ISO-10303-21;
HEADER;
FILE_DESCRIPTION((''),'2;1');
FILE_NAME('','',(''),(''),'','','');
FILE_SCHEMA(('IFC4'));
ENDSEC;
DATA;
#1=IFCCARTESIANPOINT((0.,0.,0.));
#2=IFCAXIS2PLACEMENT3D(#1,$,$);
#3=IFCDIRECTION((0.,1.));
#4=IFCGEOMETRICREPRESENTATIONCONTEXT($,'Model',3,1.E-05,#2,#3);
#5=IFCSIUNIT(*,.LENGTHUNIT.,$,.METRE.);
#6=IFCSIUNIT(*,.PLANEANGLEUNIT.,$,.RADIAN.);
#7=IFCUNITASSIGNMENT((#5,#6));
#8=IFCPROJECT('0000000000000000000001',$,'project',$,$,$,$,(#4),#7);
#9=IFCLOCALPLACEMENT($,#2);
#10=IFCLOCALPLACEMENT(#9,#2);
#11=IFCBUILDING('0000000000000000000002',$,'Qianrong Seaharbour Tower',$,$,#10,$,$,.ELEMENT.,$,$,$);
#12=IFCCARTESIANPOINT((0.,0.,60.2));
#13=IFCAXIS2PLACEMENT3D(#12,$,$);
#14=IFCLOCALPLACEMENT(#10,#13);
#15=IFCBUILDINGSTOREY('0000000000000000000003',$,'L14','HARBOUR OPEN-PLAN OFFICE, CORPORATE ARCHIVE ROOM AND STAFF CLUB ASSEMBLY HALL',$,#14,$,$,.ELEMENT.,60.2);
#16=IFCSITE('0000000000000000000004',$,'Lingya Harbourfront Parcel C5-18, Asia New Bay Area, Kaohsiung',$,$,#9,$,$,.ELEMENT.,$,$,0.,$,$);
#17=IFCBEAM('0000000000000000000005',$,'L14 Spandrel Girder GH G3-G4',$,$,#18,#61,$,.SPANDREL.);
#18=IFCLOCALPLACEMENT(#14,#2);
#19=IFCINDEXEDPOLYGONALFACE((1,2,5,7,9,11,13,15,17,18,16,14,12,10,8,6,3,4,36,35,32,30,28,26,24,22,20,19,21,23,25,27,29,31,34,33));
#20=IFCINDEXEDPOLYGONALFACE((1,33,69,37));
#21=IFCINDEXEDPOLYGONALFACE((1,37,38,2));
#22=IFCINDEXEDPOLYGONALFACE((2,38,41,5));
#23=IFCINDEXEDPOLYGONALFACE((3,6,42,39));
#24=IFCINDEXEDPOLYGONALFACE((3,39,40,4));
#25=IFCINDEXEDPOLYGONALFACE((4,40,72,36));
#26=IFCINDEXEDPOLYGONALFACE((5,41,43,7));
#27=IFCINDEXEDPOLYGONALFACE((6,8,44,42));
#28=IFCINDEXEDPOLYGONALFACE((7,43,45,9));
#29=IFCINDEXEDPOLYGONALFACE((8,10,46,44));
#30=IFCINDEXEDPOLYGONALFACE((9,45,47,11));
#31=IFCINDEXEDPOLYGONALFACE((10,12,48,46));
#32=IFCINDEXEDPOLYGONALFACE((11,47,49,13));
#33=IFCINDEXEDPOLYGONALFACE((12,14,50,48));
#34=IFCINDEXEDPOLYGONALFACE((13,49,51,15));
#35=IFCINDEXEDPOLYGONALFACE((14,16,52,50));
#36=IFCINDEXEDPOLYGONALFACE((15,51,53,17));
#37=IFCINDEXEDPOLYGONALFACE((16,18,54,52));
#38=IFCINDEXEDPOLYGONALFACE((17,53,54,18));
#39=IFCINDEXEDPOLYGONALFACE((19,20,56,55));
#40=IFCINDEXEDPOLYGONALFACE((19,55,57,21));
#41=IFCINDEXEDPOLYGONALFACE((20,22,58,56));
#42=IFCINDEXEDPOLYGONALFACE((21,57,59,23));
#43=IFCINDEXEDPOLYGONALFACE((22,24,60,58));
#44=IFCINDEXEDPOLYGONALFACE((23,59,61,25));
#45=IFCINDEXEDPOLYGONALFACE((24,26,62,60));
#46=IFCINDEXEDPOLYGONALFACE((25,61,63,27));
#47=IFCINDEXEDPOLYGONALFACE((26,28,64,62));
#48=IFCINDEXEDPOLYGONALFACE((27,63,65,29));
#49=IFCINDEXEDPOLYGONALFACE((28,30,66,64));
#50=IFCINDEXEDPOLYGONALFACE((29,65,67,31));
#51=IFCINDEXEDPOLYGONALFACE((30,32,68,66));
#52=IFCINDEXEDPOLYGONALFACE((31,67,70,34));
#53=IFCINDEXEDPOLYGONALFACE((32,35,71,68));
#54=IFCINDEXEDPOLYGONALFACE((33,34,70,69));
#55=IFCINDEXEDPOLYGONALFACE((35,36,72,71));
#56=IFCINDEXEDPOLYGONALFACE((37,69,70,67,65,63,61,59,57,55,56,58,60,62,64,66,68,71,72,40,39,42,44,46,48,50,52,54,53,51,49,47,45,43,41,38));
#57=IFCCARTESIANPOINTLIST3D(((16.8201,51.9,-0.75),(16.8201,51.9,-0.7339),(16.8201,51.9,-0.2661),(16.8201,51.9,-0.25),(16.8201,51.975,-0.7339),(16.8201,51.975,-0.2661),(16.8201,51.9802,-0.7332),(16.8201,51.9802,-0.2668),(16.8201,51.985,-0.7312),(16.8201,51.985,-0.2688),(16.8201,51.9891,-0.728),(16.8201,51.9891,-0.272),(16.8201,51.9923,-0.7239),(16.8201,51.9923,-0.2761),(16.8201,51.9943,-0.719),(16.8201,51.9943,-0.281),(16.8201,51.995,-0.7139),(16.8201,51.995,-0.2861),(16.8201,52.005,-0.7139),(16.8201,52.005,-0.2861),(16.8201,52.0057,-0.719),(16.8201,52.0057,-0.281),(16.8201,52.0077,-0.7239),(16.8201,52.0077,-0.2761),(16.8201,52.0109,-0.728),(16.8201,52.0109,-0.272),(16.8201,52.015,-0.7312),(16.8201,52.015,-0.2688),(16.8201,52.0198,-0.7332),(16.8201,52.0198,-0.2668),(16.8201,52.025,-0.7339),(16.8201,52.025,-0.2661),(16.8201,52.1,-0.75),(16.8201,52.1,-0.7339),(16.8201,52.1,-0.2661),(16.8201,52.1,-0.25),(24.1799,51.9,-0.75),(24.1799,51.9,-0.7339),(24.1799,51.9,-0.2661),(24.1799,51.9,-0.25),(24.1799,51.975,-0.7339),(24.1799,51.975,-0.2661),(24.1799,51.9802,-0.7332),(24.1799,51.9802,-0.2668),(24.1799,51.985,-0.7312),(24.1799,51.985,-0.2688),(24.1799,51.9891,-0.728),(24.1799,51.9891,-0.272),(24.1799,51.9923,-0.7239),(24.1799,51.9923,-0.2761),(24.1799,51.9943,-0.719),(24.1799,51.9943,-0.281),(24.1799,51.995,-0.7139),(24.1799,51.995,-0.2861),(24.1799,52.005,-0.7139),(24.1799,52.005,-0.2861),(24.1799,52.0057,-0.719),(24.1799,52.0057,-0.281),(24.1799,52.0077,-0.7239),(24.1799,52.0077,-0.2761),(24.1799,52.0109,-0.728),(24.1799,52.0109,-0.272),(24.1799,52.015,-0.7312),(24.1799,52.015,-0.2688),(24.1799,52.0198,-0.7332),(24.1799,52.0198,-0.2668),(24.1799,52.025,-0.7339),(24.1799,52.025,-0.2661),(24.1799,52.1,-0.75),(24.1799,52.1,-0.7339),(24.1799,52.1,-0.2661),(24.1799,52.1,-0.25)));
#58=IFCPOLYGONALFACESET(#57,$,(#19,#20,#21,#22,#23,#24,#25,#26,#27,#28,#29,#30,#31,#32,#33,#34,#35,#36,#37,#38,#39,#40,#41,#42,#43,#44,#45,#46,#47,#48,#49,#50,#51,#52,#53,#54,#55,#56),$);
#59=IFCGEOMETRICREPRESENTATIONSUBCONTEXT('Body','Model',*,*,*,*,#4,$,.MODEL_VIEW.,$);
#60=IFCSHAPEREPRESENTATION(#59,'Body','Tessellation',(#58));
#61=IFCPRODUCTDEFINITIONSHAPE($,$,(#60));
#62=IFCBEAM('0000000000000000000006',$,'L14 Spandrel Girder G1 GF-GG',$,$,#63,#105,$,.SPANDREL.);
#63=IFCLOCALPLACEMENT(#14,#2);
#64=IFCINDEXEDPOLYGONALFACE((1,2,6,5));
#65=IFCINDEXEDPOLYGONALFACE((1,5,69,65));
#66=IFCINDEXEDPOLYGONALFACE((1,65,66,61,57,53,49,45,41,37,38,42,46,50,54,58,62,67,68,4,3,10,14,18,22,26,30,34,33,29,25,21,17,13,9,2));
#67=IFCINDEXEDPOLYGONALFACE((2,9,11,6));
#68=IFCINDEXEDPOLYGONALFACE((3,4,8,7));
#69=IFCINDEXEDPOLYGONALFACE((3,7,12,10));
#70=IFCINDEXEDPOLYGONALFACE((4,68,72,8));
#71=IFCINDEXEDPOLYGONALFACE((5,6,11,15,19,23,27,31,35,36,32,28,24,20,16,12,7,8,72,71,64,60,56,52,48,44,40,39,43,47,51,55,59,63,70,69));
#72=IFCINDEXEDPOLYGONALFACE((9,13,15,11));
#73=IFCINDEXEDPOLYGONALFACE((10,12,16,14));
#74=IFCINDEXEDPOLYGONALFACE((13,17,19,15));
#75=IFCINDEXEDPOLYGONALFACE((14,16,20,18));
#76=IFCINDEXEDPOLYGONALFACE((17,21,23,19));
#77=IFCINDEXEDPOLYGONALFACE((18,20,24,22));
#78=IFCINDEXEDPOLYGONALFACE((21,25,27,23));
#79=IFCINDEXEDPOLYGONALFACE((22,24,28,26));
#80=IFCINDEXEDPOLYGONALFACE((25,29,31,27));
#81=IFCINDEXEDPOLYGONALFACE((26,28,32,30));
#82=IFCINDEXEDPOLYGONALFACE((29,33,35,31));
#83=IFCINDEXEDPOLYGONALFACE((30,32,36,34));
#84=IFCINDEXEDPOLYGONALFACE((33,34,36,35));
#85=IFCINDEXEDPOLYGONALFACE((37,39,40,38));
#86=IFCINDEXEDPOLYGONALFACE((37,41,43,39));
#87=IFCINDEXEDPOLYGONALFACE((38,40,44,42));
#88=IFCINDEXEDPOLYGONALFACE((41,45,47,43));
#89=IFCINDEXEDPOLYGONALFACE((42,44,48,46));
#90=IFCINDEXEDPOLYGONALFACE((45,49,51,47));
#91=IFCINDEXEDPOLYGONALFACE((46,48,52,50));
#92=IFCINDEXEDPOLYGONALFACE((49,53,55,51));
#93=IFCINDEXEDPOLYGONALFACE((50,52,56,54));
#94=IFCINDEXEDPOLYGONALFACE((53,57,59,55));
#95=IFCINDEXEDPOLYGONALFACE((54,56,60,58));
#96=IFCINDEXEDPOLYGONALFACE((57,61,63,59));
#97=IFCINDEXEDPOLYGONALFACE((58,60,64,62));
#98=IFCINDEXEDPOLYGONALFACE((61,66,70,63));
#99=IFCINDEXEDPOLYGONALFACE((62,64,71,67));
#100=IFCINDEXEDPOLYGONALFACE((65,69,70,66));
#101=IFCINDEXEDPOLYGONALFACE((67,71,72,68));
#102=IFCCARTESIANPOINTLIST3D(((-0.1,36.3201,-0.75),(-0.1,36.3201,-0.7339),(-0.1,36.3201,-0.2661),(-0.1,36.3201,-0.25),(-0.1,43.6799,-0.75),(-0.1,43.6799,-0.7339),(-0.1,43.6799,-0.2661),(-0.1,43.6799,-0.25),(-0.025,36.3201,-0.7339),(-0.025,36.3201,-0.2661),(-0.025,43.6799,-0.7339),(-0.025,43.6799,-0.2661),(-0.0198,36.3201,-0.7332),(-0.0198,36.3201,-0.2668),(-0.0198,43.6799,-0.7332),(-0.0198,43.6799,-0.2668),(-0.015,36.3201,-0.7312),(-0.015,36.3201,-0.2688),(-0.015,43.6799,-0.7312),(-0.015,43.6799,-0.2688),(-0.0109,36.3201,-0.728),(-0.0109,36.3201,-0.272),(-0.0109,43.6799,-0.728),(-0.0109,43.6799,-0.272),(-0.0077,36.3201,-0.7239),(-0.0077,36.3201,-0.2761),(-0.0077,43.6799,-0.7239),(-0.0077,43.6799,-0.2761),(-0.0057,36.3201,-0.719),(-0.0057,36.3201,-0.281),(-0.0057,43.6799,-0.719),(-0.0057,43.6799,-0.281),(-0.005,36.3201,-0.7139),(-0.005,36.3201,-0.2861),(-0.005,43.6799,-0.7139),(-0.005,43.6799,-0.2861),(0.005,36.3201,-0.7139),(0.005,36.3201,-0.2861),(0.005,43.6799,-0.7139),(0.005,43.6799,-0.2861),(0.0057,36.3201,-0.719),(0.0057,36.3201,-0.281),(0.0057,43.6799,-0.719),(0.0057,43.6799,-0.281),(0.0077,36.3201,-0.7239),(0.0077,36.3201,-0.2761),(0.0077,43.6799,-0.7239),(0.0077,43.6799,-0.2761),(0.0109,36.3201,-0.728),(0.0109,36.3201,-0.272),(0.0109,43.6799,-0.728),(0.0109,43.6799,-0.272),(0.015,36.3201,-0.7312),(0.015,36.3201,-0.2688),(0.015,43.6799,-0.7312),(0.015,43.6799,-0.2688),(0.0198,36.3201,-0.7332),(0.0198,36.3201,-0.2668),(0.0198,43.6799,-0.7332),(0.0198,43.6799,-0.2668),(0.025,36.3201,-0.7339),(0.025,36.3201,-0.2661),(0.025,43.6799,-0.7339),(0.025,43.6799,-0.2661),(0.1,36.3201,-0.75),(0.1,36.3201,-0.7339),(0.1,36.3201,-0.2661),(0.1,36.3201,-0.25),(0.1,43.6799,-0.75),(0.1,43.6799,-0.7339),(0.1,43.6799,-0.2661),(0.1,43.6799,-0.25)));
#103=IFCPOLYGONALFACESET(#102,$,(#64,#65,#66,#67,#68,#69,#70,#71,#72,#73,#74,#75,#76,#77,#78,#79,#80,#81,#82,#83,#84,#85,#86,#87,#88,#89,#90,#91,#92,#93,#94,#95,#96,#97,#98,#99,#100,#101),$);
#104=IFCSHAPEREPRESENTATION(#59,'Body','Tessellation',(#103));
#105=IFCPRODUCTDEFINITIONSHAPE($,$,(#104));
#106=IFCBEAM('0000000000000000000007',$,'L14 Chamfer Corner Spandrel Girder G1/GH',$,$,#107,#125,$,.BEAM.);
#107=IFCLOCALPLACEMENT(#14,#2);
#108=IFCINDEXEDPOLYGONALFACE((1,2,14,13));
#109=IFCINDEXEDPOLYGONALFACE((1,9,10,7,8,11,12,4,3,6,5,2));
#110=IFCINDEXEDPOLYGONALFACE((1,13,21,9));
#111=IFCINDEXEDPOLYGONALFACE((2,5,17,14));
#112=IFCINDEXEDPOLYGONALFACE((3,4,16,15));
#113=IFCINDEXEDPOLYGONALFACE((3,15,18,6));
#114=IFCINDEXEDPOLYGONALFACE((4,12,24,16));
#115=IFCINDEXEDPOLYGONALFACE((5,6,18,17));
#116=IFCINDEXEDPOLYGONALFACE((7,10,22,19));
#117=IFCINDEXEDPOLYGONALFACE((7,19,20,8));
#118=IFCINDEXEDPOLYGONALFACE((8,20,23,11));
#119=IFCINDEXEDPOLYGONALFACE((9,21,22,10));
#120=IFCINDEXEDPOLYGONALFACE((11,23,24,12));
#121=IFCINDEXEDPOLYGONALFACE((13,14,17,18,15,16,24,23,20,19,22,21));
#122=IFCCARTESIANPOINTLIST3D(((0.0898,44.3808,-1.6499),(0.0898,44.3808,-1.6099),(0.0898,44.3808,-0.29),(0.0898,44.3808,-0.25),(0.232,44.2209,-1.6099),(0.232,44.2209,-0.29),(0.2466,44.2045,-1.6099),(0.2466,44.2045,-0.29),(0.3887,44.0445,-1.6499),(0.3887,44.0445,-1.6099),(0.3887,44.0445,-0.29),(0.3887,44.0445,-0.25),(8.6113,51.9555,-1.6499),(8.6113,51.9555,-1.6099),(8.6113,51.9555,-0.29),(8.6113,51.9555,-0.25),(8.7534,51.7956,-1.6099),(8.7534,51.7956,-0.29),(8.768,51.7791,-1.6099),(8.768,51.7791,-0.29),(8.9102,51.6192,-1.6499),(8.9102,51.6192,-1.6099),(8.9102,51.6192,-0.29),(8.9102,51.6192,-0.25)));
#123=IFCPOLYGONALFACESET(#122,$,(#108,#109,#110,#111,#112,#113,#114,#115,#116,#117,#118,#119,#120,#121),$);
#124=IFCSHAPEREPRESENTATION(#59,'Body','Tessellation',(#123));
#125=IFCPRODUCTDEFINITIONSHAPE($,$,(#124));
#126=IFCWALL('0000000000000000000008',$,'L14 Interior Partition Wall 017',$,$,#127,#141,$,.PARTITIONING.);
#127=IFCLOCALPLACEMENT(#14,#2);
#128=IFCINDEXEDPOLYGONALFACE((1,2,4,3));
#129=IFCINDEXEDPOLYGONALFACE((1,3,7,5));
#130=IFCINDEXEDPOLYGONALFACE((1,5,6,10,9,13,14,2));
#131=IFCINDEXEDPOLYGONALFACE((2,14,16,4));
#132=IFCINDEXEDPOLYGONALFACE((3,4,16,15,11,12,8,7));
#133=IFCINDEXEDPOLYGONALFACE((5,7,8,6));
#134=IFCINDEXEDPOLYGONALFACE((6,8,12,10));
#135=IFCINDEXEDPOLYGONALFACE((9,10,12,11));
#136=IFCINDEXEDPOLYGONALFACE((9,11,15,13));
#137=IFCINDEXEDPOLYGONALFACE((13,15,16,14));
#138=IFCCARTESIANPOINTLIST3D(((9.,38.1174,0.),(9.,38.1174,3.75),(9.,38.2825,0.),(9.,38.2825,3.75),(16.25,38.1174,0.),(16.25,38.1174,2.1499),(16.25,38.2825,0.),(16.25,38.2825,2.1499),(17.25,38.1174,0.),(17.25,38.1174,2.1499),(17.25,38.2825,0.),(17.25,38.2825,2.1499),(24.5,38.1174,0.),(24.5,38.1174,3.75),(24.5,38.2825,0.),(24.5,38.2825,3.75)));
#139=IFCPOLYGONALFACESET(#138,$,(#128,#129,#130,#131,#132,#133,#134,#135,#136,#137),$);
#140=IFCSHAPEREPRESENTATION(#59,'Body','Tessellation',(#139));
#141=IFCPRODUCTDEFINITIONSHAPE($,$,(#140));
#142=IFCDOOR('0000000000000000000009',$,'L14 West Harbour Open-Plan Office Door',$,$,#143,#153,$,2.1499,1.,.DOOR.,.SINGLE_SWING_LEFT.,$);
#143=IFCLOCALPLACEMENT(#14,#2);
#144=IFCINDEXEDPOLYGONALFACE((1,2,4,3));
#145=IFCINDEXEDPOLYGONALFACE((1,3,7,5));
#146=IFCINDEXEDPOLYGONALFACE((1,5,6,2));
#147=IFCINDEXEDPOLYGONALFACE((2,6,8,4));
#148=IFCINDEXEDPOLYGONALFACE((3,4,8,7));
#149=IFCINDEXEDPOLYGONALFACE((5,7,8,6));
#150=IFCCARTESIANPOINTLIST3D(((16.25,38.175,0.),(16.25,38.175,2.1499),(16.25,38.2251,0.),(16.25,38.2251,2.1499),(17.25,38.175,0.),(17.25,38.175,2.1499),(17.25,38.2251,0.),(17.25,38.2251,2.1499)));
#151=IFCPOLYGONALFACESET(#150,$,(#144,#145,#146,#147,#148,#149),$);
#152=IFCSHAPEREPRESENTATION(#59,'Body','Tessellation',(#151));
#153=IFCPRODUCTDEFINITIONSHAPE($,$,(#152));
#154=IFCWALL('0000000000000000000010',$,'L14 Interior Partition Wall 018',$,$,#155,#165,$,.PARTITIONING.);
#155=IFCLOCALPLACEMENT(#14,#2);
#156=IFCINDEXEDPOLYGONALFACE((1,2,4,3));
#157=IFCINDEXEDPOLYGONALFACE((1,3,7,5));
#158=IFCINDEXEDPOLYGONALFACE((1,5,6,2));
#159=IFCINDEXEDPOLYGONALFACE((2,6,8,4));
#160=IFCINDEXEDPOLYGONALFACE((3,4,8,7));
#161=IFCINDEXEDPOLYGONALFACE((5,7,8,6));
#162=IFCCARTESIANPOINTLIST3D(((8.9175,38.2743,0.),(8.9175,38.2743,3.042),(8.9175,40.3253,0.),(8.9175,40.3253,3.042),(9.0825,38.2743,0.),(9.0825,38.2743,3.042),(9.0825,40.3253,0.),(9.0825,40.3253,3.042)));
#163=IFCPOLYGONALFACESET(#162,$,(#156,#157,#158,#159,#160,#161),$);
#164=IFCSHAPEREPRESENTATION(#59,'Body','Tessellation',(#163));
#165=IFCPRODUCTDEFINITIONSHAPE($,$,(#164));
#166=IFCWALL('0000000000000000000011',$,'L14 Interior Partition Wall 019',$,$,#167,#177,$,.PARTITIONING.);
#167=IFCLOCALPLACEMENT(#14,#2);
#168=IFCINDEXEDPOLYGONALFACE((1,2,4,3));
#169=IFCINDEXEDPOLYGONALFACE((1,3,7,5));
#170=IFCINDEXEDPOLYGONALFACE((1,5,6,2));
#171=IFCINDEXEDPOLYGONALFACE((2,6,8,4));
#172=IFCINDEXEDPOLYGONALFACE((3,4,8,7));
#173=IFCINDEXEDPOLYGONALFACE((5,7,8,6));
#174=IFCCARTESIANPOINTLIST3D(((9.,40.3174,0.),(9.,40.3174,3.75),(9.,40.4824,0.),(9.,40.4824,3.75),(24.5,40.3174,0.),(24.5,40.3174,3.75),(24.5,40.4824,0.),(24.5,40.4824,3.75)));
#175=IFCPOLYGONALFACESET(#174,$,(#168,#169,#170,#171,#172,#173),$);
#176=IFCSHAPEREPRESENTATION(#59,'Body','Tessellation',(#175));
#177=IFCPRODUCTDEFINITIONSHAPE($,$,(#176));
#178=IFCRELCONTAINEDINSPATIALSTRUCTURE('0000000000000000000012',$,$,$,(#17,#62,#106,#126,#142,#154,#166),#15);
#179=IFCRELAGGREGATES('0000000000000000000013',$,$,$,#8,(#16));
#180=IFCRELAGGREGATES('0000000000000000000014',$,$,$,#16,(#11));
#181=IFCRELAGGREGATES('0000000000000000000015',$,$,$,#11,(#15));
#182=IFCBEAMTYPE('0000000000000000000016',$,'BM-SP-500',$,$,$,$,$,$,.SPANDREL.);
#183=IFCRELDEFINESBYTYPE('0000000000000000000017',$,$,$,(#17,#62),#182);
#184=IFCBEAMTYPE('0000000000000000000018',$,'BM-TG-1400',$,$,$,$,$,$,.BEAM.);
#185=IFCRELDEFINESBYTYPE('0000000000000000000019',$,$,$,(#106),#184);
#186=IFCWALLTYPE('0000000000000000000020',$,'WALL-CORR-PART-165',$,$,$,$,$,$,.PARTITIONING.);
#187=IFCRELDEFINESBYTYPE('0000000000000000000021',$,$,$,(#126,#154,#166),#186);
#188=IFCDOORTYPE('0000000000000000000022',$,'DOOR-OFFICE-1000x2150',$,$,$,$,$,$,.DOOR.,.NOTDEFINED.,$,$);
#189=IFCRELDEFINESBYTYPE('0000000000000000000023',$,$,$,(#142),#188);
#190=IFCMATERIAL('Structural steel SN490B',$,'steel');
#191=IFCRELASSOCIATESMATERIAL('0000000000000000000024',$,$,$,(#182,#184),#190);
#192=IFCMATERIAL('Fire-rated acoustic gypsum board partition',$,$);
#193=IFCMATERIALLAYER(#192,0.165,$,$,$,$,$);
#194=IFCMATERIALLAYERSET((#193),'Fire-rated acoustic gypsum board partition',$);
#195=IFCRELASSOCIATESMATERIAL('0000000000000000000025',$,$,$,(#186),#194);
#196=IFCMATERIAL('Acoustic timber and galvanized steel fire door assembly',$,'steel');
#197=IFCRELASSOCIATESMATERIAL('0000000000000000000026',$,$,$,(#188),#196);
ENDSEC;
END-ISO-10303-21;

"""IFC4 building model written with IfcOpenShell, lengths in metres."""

from ifc_helpers import new_model, si_unit, direction, frame, frame_2d, origin, origin_2d, place, context, subcontext, project, spatial, rectangle, i_section, extrude, material, layer, layer_set, material_profile, profile_set, type_object, element, fill, save


model = new_model("IFC4")

# Units and contexts
model_context = context("Model", 3, precision=1e-05, world=origin(), true_north=direction((0.0, 1.0)))
body_context = subcontext(model_context, "Body", "Model", "MODEL_VIEW")
ifc_project = project(units=[si_unit("LENGTHUNIT", "METRE"), si_unit("PLANEANGLEUNIT", "RADIAN")], contexts=[model_context])

# Site, building, storey
site_placement = place(None, origin())
site = spatial("IfcSite", under=ifc_project, at=site_placement, Name="Lingya Harbourfront Parcel C5-18, Asia New Bay Area, Kaohsiung", CompositionType="ELEMENT", RefElevation=0.0)
building_placement = place(site_placement, origin())
building = spatial("IfcBuilding", under=site, at=building_placement, Name="Qianrong Seaharbour Tower", CompositionType="ELEMENT")
storey_placement = place(building_placement, frame((0.0, 0.0, 60.2)))
storey = spatial("IfcBuildingStorey", under=building, at=storey_placement, Name="L14", Description="HARBOUR OPEN-PLAN OFFICE, CORPORATE ARCHIVE ROOM AND STAFF CLUB ASSEMBLY HALL", CompositionType="ELEMENT", Elevation=60.2)

# Shared definitions
ifc_material_1 = material(Name="Structural steel SN490B", Category="steel")

# Beams
ifc_material_profile_1 = material_profile(ifc_material_1, i_section(OverallWidth=0.2, OverallDepth=0.5, WebThickness=0.01, FlangeThickness=0.0161, FilletRadius=0.02, at=origin_2d()), Name="H500x200x10x16")
ifc_profile_set_1 = profile_set([ifc_material_profile_1], Name="Structural steel SN490B")
beam_type_1 = type_object("IfcBeamType", Name="BM-SP-500", PredefinedType="SPANDREL", material=ifc_profile_set_1)
for number, where, z_axis, x_axis, name in (
    (1, (16.8201, 52.0, -0.5), (1.0, 0.0, 0.0), (0.0, 1.0, 0.0), "L14 Spandrel Girder GH G3-G4"),
    (2, (0.0, 36.3201, -0.5), (0.0, 1.0, 0.0), (-1.0, 0.0, 0.0), "L14 Spandrel Girder G1 GF-GG"),
):
    element("IfcBeam", number, at=place(storey_placement, frame(where, z_axis=z_axis, x_axis=x_axis)), inside=storey, type_object=beam_type_1, Name=name, PredefinedType="SPANDREL", context=body_context, shape_type="SweptSolid", body=[
        extrude(i_section(OverallWidth=0.2, OverallDepth=0.5, WebThickness=0.01, FlangeThickness=0.0161, FilletRadius=0.02, at=origin_2d()), origin(), (0.0, 0.0, 1.0), 7.3599),
    ])
ifc_material_profile_2 = material_profile(ifc_material_1, i_section(OverallWidth=0.45, OverallDepth=1.3999, WebThickness=0.022, FlangeThickness=0.04, at=origin_2d()), Name="BH1400x450x22x40")
ifc_profile_set_2 = profile_set([ifc_material_profile_2], Name="Structural steel SN490B")
beam_type_2 = type_object("IfcBeamType", Name="BM-TG-1400", PredefinedType="BEAM", material=ifc_profile_set_2)
beam_1_placement = place(storey_placement, frame((8.7607, 51.7874, -0.95), z_axis=(-0.747407, -0.664366, 0.0), x_axis=(0.664366, -0.747407, 0.0)))
element("IfcBeam", 3, at=beam_1_placement, inside=storey, type_object=beam_type_2, Name="L14 Chamfer Corner Spandrel Girder G1/GH", PredefinedType="BEAM", context=body_context, shape_type="SweptSolid", body=[
    extrude(i_section(OverallWidth=0.45, OverallDepth=1.3999, WebThickness=0.022, FlangeThickness=0.04, at=origin_2d()), origin(), (0.0, 0.0, 1.0), 11.4014),
])

# Wall, opening, door
ifc_material_2 = material(Name="Fire-rated acoustic gypsum board partition")
ifc_layer_1 = layer(ifc_material_2, 0.165)
ifc_layer_set_1 = layer_set([ifc_layer_1], Name="Fire-rated acoustic gypsum board partition")
wall_type_1 = type_object("IfcWallType", Name="WALL-CORR-PART-165", PredefinedType="PARTITIONING", material=ifc_layer_set_1)
wall_1_placement = place(storey_placement, frame((24.5, 38.2, 0.0), z_axis=(0.0, 0.0, 1.0), x_axis=(-1.0, 0.0, 0.0)))
wall_1 = element("IfcWall", 4, at=wall_1_placement, inside=storey, type_object=wall_type_1, Name="L14 Interior Partition Wall 017", PredefinedType="PARTITIONING", context=body_context, shape_type="SweptSolid", body=[
    extrude(rectangle(XDim=15.5, YDim=0.165, at=frame_2d((7.75, 0.0))), origin(), (0.0, 0.0, 1.0), 3.75),
])
opening_1_placement = place(wall_1_placement, frame((7.25, 0.0, 0.0)))
opening_1 = element("IfcOpeningElement", 5, at=opening_1_placement, cuts=wall_1, PredefinedType="OPENING", context=body_context, shape_type="SweptSolid", body=[
    extrude(rectangle(XDim=1.0, YDim=2.1499, at=frame_2d((0.5, 1.075))), frame((0.0, 0.0925, 0.0), z_axis=(0.0, -1.0, 0.0), x_axis=(1.0, 0.0, 0.0)), (0.0, 0.0, 1.0), 0.1851),
])
ifc_material_3 = material(Name="Acoustic timber and galvanized steel fire door assembly", Category="steel")
door_type_1 = type_object("IfcDoorType", Name="DOOR-OFFICE-1000x2150", OperationType="NOTDEFINED", PredefinedType="DOOR", material=ifc_material_3)
door_1_placement = place(opening_1_placement, origin())
door_1 = element("IfcDoor", 6, at=door_1_placement, inside=storey, type_object=door_type_1, Name="L14 West Harbour Open-Plan Office Door", OperationType="SINGLE_SWING_LEFT", OverallHeight=2.1499, OverallWidth=1.0, PredefinedType="DOOR", context=body_context, shape_type="SweptSolid", body=[
    extrude(rectangle(XDim=1.0, YDim=2.1499, at=frame_2d((0.5, 1.075))), frame((0.0, 0.0249, 0.0), z_axis=(0.0, -1.0, 0.0), x_axis=(1.0, 0.0, 0.0)), (0.0, 0.0, 1.0), 0.05),
])
fill(opening_1, door_1)

# Walls
wall_2_placement = place(storey_placement, frame((9.0, 38.2744, 0.0), z_axis=(0.0, 0.0, 1.0), x_axis=(0.0, 1.0, 0.0)))
element("IfcWall", 7, at=wall_2_placement, inside=storey, type_object=wall_type_1, Name="L14 Interior Partition Wall 018", PredefinedType="PARTITIONING", context=body_context, shape_type="SweptSolid", body=[
    extrude(rectangle(XDim=2.051, YDim=0.165, at=frame_2d((1.0254, 0.0))), origin(), (0.0, 0.0, 1.0), 3.042),
])
wall_3_placement = place(storey_placement, frame((9.0, 40.3999, 0.0), z_axis=(0.0, 0.0, 1.0), x_axis=(1.0, 0.0, 0.0)))
element("IfcWall", 8, at=wall_3_placement, inside=storey, type_object=wall_type_1, Name="L14 Interior Partition Wall 019", PredefinedType="PARTITIONING", context=body_context, shape_type="SweptSolid", body=[
    extrude(rectangle(XDim=15.5, YDim=0.165, at=frame_2d((7.75, 0.0))), origin(), (0.0, 0.0, 1.0), 3.75),
])

save(model, "model.ifc")
